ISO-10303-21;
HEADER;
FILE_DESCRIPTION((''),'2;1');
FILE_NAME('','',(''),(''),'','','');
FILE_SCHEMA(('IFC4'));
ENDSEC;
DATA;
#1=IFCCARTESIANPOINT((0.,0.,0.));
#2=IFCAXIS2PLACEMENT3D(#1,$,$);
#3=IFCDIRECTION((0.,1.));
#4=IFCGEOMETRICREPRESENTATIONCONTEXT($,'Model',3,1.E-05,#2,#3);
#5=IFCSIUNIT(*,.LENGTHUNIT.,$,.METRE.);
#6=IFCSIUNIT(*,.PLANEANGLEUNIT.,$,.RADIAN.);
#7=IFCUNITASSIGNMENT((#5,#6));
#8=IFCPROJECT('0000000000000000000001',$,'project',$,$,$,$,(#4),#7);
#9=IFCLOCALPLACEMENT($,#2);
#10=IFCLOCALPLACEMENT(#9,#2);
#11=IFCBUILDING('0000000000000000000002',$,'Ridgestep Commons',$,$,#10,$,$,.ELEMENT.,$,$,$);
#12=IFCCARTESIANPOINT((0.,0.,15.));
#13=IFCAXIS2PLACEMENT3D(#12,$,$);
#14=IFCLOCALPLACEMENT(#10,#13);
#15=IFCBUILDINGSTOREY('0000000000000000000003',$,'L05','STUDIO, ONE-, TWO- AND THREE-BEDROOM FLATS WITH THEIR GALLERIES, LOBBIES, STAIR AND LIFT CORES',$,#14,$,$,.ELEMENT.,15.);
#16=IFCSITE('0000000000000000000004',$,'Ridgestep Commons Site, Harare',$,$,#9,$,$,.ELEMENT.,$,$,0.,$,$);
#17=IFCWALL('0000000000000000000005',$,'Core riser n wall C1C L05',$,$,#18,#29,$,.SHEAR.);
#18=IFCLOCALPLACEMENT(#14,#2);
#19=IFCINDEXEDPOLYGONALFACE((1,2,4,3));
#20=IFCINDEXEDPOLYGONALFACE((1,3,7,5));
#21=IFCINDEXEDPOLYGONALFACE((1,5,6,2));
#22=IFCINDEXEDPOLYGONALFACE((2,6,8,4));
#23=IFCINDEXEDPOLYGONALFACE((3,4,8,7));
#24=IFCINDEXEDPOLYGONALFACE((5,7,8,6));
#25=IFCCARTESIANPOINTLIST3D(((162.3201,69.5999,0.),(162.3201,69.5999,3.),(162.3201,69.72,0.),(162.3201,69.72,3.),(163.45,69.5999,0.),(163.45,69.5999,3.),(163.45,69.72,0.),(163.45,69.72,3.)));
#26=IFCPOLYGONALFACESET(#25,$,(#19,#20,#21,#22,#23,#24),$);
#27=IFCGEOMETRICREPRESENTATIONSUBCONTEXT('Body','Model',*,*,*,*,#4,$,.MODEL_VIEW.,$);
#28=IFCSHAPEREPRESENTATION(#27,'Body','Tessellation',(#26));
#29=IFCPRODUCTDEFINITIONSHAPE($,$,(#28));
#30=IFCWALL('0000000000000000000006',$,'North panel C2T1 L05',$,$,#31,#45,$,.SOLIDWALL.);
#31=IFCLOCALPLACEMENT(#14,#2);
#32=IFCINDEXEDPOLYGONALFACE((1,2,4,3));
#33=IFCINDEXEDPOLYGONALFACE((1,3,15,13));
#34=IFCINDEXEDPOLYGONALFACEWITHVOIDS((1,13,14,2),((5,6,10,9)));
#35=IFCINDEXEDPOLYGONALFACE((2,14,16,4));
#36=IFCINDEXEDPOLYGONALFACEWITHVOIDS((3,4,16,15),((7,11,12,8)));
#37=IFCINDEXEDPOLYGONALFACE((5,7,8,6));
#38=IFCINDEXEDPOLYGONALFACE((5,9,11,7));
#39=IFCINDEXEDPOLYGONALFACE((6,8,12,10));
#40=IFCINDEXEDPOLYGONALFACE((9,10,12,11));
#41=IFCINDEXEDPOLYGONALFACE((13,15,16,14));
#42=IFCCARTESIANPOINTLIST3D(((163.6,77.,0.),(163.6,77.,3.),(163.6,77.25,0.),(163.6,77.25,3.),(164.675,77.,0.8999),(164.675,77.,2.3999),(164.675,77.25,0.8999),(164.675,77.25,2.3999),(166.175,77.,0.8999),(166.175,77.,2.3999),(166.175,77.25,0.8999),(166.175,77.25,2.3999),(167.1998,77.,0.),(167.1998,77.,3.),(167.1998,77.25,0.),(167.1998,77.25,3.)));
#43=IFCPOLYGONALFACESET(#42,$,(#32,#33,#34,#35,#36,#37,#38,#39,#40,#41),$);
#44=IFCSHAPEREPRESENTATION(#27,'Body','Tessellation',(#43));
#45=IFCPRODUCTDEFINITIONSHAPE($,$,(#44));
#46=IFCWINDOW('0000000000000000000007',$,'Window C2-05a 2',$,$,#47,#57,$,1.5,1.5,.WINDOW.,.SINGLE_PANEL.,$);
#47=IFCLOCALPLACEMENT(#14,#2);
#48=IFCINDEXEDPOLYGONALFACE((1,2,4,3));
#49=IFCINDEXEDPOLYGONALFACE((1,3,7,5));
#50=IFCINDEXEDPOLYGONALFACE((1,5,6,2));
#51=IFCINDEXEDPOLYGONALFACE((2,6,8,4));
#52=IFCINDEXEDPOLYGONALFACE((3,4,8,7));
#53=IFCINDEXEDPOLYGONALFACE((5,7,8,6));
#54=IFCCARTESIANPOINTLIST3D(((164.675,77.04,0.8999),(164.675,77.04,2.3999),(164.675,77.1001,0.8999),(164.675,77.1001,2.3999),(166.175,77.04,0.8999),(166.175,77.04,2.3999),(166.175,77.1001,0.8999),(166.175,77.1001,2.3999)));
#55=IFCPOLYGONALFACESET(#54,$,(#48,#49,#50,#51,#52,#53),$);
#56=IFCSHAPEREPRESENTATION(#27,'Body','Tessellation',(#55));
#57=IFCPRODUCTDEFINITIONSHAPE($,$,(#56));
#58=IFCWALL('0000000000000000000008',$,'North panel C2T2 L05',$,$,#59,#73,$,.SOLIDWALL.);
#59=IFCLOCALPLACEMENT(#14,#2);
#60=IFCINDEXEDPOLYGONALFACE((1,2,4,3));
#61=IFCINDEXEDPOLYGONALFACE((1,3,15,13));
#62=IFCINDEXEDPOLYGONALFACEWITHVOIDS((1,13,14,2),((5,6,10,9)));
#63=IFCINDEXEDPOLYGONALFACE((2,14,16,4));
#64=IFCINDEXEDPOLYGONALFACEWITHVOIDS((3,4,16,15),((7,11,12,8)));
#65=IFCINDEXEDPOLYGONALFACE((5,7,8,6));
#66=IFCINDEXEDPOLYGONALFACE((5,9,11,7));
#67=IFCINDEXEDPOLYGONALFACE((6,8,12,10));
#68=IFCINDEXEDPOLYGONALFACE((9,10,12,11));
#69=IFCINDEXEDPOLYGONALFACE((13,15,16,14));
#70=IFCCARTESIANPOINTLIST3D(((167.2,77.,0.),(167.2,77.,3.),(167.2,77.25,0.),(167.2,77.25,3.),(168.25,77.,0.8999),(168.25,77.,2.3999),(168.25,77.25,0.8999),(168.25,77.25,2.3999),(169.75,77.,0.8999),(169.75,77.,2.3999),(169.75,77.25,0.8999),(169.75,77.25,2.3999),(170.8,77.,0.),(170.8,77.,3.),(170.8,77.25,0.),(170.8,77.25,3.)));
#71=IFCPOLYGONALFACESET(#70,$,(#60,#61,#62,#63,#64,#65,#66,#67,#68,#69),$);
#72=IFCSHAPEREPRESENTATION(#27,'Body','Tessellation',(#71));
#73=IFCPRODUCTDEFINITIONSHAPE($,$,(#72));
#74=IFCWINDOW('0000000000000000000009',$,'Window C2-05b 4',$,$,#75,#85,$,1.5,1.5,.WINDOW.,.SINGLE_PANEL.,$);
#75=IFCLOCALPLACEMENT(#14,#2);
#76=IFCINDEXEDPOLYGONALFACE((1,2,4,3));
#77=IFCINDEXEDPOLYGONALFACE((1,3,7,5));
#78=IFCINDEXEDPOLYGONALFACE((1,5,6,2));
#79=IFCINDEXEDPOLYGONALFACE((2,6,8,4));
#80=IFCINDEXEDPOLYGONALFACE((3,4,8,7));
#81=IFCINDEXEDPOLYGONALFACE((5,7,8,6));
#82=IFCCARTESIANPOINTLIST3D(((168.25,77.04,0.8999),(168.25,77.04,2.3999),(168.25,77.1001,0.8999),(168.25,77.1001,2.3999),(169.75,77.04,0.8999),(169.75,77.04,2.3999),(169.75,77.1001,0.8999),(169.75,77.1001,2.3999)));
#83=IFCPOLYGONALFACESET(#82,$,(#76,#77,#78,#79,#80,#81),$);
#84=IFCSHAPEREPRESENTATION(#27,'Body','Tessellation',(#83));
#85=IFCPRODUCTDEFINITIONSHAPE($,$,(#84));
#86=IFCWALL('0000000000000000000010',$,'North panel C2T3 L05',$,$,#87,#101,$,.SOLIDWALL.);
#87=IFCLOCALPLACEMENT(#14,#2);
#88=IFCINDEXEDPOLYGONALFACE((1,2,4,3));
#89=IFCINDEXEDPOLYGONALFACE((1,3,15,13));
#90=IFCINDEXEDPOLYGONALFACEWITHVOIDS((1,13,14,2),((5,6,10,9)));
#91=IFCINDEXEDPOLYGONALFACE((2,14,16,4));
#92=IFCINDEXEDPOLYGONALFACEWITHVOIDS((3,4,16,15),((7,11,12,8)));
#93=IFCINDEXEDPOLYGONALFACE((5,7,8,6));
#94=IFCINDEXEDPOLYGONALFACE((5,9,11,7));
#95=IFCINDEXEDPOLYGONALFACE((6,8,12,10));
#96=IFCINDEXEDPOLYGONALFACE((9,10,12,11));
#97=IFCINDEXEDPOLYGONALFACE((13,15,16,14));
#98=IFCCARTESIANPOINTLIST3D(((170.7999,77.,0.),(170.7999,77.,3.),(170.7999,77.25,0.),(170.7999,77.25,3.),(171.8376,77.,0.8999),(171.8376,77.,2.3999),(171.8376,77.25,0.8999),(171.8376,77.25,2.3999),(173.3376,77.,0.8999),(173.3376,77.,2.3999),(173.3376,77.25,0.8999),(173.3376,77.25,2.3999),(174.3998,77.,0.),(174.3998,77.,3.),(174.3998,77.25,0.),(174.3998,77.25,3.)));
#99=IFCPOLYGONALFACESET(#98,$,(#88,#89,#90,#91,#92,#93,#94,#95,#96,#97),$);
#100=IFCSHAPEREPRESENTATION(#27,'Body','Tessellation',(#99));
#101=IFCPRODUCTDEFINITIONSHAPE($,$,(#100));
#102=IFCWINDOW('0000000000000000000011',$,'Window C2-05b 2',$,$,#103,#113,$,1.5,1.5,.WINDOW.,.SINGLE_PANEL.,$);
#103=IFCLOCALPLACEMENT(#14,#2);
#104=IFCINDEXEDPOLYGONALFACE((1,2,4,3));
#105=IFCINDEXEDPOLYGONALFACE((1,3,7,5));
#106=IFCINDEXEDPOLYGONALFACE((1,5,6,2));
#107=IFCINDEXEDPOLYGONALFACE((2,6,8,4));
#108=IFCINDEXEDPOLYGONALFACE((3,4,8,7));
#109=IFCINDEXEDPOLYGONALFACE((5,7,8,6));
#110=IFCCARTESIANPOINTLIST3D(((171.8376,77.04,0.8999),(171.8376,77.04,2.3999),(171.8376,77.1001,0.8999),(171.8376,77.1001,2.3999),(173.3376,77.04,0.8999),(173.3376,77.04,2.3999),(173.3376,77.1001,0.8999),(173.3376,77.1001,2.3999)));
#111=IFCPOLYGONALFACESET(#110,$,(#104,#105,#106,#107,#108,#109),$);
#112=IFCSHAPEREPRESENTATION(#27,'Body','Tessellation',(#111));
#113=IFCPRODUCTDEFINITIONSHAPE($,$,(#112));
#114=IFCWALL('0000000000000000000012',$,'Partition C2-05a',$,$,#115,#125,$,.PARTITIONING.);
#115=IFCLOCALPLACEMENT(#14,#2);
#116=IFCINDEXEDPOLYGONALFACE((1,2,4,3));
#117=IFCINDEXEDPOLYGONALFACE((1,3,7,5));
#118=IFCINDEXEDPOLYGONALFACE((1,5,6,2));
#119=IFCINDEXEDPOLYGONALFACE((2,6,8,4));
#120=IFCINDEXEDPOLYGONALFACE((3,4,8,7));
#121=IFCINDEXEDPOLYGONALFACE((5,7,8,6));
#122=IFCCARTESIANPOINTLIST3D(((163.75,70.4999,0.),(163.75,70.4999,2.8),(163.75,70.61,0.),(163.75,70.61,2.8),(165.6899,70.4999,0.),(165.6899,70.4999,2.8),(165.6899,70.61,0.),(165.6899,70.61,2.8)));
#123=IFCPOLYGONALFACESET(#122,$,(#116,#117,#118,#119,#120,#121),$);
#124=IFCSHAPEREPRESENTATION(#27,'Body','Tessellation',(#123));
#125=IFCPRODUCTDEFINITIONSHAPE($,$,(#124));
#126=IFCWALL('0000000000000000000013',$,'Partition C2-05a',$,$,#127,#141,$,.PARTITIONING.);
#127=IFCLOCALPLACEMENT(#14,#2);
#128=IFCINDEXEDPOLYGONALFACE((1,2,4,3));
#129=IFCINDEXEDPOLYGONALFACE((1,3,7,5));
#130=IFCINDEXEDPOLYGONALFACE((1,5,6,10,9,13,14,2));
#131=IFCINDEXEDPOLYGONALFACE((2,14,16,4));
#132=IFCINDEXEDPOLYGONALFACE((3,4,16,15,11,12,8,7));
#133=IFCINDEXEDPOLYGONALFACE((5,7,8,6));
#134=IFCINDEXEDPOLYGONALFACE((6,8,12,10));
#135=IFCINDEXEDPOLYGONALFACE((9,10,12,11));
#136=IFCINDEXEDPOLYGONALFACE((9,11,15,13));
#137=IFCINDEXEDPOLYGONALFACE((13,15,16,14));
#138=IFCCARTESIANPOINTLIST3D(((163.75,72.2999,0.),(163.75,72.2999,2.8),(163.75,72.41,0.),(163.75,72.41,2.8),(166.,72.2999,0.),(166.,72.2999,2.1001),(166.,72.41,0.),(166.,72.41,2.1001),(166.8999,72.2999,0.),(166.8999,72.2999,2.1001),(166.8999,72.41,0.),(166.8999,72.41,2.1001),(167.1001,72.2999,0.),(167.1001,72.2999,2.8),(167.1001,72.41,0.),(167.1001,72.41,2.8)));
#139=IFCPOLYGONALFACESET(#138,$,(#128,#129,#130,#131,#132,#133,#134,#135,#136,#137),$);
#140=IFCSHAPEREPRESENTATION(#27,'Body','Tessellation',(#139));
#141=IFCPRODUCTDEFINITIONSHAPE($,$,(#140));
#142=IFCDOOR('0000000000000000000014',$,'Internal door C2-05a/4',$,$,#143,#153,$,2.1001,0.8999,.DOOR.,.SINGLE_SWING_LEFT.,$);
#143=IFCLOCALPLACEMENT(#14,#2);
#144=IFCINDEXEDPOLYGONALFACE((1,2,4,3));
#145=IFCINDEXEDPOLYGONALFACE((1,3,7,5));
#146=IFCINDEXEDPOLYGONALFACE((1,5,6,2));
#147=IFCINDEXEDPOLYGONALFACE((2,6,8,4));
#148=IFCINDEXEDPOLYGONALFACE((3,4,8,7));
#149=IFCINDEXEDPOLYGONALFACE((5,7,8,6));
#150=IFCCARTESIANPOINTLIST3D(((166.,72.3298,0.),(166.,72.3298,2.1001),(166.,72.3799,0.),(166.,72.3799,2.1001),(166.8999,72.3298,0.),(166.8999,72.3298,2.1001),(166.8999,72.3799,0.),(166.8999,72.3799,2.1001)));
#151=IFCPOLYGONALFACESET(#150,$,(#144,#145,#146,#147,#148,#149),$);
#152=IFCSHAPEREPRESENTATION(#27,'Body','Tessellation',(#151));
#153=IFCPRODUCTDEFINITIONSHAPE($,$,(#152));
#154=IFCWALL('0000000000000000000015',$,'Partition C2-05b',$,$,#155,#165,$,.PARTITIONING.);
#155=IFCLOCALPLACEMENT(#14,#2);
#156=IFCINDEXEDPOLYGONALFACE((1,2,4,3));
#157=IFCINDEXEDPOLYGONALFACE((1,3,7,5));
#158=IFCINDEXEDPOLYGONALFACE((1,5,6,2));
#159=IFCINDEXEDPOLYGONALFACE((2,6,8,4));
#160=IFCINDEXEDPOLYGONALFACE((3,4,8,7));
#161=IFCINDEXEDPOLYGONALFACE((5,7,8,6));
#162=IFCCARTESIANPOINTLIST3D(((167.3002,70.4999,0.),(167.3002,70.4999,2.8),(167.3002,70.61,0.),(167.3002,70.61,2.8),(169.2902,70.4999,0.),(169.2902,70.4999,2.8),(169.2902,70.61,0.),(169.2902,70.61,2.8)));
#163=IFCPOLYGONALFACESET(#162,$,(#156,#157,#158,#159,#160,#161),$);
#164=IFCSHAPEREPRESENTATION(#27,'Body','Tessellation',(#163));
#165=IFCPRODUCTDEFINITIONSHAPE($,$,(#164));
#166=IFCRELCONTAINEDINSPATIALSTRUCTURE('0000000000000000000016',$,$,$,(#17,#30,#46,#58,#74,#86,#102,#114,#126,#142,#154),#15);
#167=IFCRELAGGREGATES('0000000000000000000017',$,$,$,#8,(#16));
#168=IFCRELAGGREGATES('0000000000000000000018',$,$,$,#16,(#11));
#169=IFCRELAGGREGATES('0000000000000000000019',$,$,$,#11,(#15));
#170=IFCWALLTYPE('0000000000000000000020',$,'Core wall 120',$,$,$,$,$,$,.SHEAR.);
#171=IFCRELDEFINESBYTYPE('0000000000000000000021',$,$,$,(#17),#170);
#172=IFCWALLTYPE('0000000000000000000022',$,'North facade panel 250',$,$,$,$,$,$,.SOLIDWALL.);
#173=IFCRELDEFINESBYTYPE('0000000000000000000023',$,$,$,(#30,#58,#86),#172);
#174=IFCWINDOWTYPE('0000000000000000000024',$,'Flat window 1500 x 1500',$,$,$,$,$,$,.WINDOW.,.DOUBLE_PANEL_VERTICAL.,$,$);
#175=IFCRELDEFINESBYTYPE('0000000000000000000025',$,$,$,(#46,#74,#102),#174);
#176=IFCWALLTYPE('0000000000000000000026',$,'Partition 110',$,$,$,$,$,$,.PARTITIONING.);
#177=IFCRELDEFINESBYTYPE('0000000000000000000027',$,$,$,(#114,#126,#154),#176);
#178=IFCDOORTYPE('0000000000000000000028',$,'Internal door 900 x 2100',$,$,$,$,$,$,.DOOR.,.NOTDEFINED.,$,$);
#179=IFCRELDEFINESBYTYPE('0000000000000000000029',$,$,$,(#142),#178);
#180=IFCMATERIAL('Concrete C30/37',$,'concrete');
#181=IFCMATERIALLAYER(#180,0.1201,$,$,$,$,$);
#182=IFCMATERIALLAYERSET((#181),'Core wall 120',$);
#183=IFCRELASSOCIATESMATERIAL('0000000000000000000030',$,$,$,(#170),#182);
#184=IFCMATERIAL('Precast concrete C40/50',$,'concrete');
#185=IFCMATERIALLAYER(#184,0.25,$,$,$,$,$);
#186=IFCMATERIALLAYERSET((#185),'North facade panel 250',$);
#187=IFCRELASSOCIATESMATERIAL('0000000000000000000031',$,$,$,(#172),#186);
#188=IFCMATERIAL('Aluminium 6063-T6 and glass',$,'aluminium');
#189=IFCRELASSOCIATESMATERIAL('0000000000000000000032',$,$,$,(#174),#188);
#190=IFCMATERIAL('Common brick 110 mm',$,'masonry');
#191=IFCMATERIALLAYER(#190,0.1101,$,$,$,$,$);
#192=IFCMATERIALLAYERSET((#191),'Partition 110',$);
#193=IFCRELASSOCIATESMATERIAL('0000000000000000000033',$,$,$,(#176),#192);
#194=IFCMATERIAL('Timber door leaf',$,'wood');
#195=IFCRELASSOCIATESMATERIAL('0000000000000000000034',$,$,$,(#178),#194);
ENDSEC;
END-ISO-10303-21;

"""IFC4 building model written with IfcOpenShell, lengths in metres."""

from ifc_helpers import new_model, si_unit, direction, frame, frame_2d, origin, place, context, subcontext, project, spatial, rectangle, extrude, material, layer, layer_set, type_object, element, fill, save


model = new_model("IFC4")

# Units and contexts
model_context = context("Model", 3, precision=1e-05, world=origin(), true_north=direction((0.0, 1.0)))
body_context = subcontext(model_context, "Body", "Model", "MODEL_VIEW")
ifc_project = project(units=[si_unit("LENGTHUNIT", "METRE"), si_unit("PLANEANGLEUNIT", "RADIAN")], contexts=[model_context])

# Site, building, storey
site_placement = place(None, origin())
site = spatial("IfcSite", under=ifc_project, at=site_placement, Name="Ridgestep Commons Site, Harare", CompositionType="ELEMENT", RefElevation=0.0)
building_placement = place(site_placement, origin())
building = spatial("IfcBuilding", under=site, at=building_placement, Name="Ridgestep Commons", CompositionType="ELEMENT")
storey_placement = place(building_placement, frame((0.0, 0.0, 15.0)))
storey = spatial("IfcBuildingStorey", under=building, at=storey_placement, Name="L05", Description="STUDIO, ONE-, TWO- AND THREE-BEDROOM FLATS WITH THEIR GALLERIES, LOBBIES, STAIR AND LIFT CORES", CompositionType="ELEMENT", Elevation=15.0)

# Wall
ifc_material_1 = material(Name="Concrete C30/37", Category="concrete")
ifc_layer_1 = layer(ifc_material_1, 0.1201)
ifc_layer_set_1 = layer_set([ifc_layer_1], Name="Core wall 120")
wall_type_1 = type_object("IfcWallType", Name="Core wall 120", PredefinedType="SHEAR", material=ifc_layer_set_1)
wall_1_placement = place(storey_placement, frame((162.3201, 69.6599, 0.0), z_axis=(0.0, 0.0, 1.0), x_axis=(1.0, 0.0, 0.0)))
element("IfcWall", 1, at=wall_1_placement, inside=storey, type_object=wall_type_1, Name="Core riser n wall C1C L05", PredefinedType="SHEAR", context=body_context, shape_type="SweptSolid", body=[
    extrude(rectangle(XDim=1.1299, YDim=0.1201, at=frame_2d((0.5649, 0.0))), origin(), (0.0, 0.0, 1.0), 3.0),
])

# Walls, openings, windows
ifc_material_2 = material(Name="Precast concrete C40/50", Category="concrete")
ifc_layer_2 = layer(ifc_material_2, 0.25)
ifc_layer_set_2 = layer_set([ifc_layer_2], Name="North facade panel 250")
wall_type_2 = type_object("IfcWallType", Name="North facade panel 250", PredefinedType="SOLIDWALL", material=ifc_layer_set_2)
wall_2_placement = place(storey_placement, frame((163.6001, 77.125, 0.0), z_axis=(0.0, 0.0, 1.0), x_axis=(1.0, 0.0, 0.0)))
wall_2 = element("IfcWall", 2, at=wall_2_placement, inside=storey, type_object=wall_type_2, Name="North panel C2T1 L05", PredefinedType="SOLIDWALL", context=body_context, shape_type="SweptSolid", body=[
    extrude(rectangle(XDim=3.5999, YDim=0.25, at=frame_2d((1.7998, 0.0))), origin(), (0.0, 0.0, 1.0), 3.0),
])
opening_1_placement = place(wall_2_placement, frame((1.075, 0.0, 0.8999)))
opening_1 = element("IfcOpeningElement", 3, at=opening_1_placement, cuts=wall_2, PredefinedType="OPENING", context=body_context, shape_type="SweptSolid", body=[
    extrude(rectangle(XDim=1.5, YDim=1.5, at=frame_2d((0.75, 0.75))), frame((0.0, 0.135, 0.0), z_axis=(0.0, -1.0, 0.0), x_axis=(1.0, 0.0, 0.0)), (0.0, 0.0, 1.0), 0.27),
])
ifc_material_3 = material(Name="Aluminium 6063-T6 and glass", Category="aluminium")
window_type = type_object("IfcWindowType", Name="Flat window 1500 x 1500", PartitioningType="DOUBLE_PANEL_VERTICAL", PredefinedType="WINDOW", material=ifc_material_3)
window_1_placement = place(opening_1_placement, origin())
window_1 = element("IfcWindow", 4, at=window_1_placement, inside=storey, type_object=window_type, Name="Window C2-05a 2", OverallHeight=1.5, OverallWidth=1.5, PartitioningType="SINGLE_PANEL", PredefinedType="WINDOW", context=body_context, shape_type="SweptSolid", body=[
    extrude(rectangle(XDim=1.5, YDim=1.5, at=frame_2d((0.75, 0.75))), frame((0.0, -0.0249, 0.0), z_axis=(0.0, -1.0, 0.0), x_axis=(1.0, 0.0, 0.0)), (0.0, 0.0, 1.0), 0.0601),
])
fill(opening_1, window_1)
wall_3_placement = place(storey_placement, frame((167.2, 77.125, 0.0), z_axis=(0.0, 0.0, 1.0), x_axis=(1.0, 0.0, 0.0)))
wall_3 = element("IfcWall", 5, at=wall_3_placement, inside=storey, type_object=wall_type_2, Name="North panel C2T2 L05", PredefinedType="SOLIDWALL", context=body_context, shape_type="SweptSolid", body=[
    extrude(rectangle(XDim=3.6001, YDim=0.25, at=frame_2d((1.8, 0.0))), origin(), (0.0, 0.0, 1.0), 3.0),
])
opening_2_placement = place(wall_3_placement, frame((1.05, 0.0, 0.8999)))
opening_2 = element("IfcOpeningElement", 6, at=opening_2_placement, cuts=wall_3, PredefinedType="OPENING", context=body_context, shape_type="SweptSolid", body=[
    extrude(rectangle(XDim=1.5, YDim=1.5, at=frame_2d((0.75, 0.75))), frame((0.0, 0.135, 0.0), z_axis=(0.0, -1.0, 0.0), x_axis=(1.0, 0.0, 0.0)), (0.0, 0.0, 1.0), 0.27),
])
window_2_placement = place(opening_2_placement, origin())
window_2 = element("IfcWindow", 7, at=window_2_placement, inside=storey, type_object=window_type, Name="Window C2-05b 4", OverallHeight=1.5, OverallWidth=1.5, PartitioningType="SINGLE_PANEL", PredefinedType="WINDOW", context=body_context, shape_type="SweptSolid", body=[
    extrude(rectangle(XDim=1.5, YDim=1.5, at=frame_2d((0.75, 0.75))), frame((0.0, -0.0249, 0.0), z_axis=(0.0, -1.0, 0.0), x_axis=(1.0, 0.0, 0.0)), (0.0, 0.0, 1.0), 0.0601),
])
fill(opening_2, window_2)
wall_4_placement = place(storey_placement, frame((170.8, 77.125, 0.0), z_axis=(0.0, 0.0, 1.0), x_axis=(1.0, 0.0, 0.0)))
wall_4 = element("IfcWall", 8, at=wall_4_placement, inside=storey, type_object=wall_type_2, Name="North panel C2T3 L05", PredefinedType="SOLIDWALL", context=body_context, shape_type="SweptSolid", body=[
    extrude(rectangle(XDim=3.5999, YDim=0.25, at=frame_2d((1.7998, 0.0))), origin(), (0.0, 0.0, 1.0), 3.0),
])
opening_3_placement = place(wall_4_placement, frame((1.0376, 0.0, 0.8999)))
opening_3 = element("IfcOpeningElement", 9, at=opening_3_placement, cuts=wall_4, PredefinedType="OPENING", context=body_context, shape_type="SweptSolid", body=[
    extrude(rectangle(XDim=1.5, YDim=1.5, at=frame_2d((0.75, 0.75))), frame((0.0, 0.135, 0.0), z_axis=(0.0, -1.0, 0.0), x_axis=(1.0, 0.0, 0.0)), (0.0, 0.0, 1.0), 0.27),
])
window_3_placement = place(opening_3_placement, origin())
window_3 = element("IfcWindow", 10, at=window_3_placement, inside=storey, type_object=window_type, Name="Window C2-05b 2", OverallHeight=1.5, OverallWidth=1.5, PartitioningType="SINGLE_PANEL", PredefinedType="WINDOW", context=body_context, shape_type="SweptSolid", body=[
    extrude(rectangle(XDim=1.5, YDim=1.5, at=frame_2d((0.75, 0.75))), frame((0.0, -0.0249, 0.0), z_axis=(0.0, -1.0, 0.0), x_axis=(1.0, 0.0, 0.0)), (0.0, 0.0, 1.0), 0.0601),
])
fill(opening_3, window_3)

# Wall
ifc_material_4 = material(Name="Common brick 110 mm", Category="masonry")
ifc_layer_3 = layer(ifc_material_4, 0.1101)
ifc_layer_set_3 = layer_set([ifc_layer_3], Name="Partition 110")
wall_type_3 = type_object("IfcWallType", Name="Partition 110", PredefinedType="PARTITIONING", material=ifc_layer_set_3)
wall_5_placement = place(storey_placement, frame((163.75, 70.5549, 0.0), z_axis=(0.0, 0.0, 1.0), x_axis=(1.0, 0.0, 0.0)))
element("IfcWall", 11, at=wall_5_placement, inside=storey, type_object=wall_type_3, Name="Partition C2-05a", PredefinedType="PARTITIONING", context=body_context, shape_type="SweptSolid", body=[
    extrude(rectangle(XDim=1.9399, YDim=0.1101, at=frame_2d((0.97, 0.0))), origin(), (0.0, 0.0, 1.0), 2.8),
])

# Wall, opening, door
wall_6_placement = place(storey_placement, frame((163.75, 72.355, 0.0), z_axis=(0.0, 0.0, 1.0), x_axis=(1.0, 0.0, 0.0)))
wall_6 = element("IfcWall", 12, at=wall_6_placement, inside=storey, type_object=wall_type_3, Name="Partition C2-05a", PredefinedType="PARTITIONING", context=body_context, shape_type="SweptSolid", body=[
    extrude(rectangle(XDim=3.3501, YDim=0.1101, at=frame_2d((1.675, 0.0))), origin(), (0.0, 0.0, 1.0), 2.8),
])
opening_4_placement = place(wall_6_placement, frame((2.25, 0.0, 0.0)))
opening_4 = element("IfcOpeningElement", 13, at=opening_4_placement, cuts=wall_6, PredefinedType="OPENING", context=body_context, shape_type="SweptSolid", body=[
    extrude(rectangle(XDim=0.8999, YDim=2.1001, at=frame_2d((0.45, 1.05))), frame((0.0, 0.0649, 0.0), z_axis=(0.0, -1.0, 0.0), x_axis=(1.0, 0.0, 0.0)), (0.0, 0.0, 1.0), 0.1301),
])
ifc_material_5 = material(Name="Timber door leaf", Category="wood")
door_type = type_object("IfcDoorType", Name="Internal door 900 x 2100", OperationType="NOTDEFINED", PredefinedType="DOOR", material=ifc_material_5)
door_1_placement = place(opening_4_placement, origin())
door_1 = element("IfcDoor", 14, at=door_1_placement, inside=storey, type_object=door_type, Name="Internal door C2-05a/4", OperationType="SINGLE_SWING_LEFT", OverallHeight=2.1001, OverallWidth=0.8999, PredefinedType="DOOR", context=body_context, shape_type="SweptSolid", body=[
    extrude(rectangle(XDim=0.8999, YDim=2.1001, at=frame_2d((0.45, 1.05))), frame((0.0, 0.0249, 0.0), z_axis=(0.0, -1.0, 0.0), x_axis=(1.0, 0.0, 0.0)), (0.0, 0.0, 1.0), 0.05),
])
fill(opening_4, door_1)

# Wall
wall_7_placement = place(storey_placement, frame((167.3, 70.5549, 0.0), z_axis=(0.0, 0.0, 1.0), x_axis=(1.0, 0.0, 0.0)))
element("IfcWall", 15, at=wall_7_placement, inside=storey, type_object=wall_type_3, Name="Partition C2-05b", PredefinedType="PARTITIONING", context=body_context, shape_type="SweptSolid", body=[
    extrude(rectangle(XDim=1.99, YDim=0.1101, at=frame_2d((0.9951, 0.0))), origin(), (0.0, 0.0, 1.0), 2.8),
])

save(model, "model.ifc")
